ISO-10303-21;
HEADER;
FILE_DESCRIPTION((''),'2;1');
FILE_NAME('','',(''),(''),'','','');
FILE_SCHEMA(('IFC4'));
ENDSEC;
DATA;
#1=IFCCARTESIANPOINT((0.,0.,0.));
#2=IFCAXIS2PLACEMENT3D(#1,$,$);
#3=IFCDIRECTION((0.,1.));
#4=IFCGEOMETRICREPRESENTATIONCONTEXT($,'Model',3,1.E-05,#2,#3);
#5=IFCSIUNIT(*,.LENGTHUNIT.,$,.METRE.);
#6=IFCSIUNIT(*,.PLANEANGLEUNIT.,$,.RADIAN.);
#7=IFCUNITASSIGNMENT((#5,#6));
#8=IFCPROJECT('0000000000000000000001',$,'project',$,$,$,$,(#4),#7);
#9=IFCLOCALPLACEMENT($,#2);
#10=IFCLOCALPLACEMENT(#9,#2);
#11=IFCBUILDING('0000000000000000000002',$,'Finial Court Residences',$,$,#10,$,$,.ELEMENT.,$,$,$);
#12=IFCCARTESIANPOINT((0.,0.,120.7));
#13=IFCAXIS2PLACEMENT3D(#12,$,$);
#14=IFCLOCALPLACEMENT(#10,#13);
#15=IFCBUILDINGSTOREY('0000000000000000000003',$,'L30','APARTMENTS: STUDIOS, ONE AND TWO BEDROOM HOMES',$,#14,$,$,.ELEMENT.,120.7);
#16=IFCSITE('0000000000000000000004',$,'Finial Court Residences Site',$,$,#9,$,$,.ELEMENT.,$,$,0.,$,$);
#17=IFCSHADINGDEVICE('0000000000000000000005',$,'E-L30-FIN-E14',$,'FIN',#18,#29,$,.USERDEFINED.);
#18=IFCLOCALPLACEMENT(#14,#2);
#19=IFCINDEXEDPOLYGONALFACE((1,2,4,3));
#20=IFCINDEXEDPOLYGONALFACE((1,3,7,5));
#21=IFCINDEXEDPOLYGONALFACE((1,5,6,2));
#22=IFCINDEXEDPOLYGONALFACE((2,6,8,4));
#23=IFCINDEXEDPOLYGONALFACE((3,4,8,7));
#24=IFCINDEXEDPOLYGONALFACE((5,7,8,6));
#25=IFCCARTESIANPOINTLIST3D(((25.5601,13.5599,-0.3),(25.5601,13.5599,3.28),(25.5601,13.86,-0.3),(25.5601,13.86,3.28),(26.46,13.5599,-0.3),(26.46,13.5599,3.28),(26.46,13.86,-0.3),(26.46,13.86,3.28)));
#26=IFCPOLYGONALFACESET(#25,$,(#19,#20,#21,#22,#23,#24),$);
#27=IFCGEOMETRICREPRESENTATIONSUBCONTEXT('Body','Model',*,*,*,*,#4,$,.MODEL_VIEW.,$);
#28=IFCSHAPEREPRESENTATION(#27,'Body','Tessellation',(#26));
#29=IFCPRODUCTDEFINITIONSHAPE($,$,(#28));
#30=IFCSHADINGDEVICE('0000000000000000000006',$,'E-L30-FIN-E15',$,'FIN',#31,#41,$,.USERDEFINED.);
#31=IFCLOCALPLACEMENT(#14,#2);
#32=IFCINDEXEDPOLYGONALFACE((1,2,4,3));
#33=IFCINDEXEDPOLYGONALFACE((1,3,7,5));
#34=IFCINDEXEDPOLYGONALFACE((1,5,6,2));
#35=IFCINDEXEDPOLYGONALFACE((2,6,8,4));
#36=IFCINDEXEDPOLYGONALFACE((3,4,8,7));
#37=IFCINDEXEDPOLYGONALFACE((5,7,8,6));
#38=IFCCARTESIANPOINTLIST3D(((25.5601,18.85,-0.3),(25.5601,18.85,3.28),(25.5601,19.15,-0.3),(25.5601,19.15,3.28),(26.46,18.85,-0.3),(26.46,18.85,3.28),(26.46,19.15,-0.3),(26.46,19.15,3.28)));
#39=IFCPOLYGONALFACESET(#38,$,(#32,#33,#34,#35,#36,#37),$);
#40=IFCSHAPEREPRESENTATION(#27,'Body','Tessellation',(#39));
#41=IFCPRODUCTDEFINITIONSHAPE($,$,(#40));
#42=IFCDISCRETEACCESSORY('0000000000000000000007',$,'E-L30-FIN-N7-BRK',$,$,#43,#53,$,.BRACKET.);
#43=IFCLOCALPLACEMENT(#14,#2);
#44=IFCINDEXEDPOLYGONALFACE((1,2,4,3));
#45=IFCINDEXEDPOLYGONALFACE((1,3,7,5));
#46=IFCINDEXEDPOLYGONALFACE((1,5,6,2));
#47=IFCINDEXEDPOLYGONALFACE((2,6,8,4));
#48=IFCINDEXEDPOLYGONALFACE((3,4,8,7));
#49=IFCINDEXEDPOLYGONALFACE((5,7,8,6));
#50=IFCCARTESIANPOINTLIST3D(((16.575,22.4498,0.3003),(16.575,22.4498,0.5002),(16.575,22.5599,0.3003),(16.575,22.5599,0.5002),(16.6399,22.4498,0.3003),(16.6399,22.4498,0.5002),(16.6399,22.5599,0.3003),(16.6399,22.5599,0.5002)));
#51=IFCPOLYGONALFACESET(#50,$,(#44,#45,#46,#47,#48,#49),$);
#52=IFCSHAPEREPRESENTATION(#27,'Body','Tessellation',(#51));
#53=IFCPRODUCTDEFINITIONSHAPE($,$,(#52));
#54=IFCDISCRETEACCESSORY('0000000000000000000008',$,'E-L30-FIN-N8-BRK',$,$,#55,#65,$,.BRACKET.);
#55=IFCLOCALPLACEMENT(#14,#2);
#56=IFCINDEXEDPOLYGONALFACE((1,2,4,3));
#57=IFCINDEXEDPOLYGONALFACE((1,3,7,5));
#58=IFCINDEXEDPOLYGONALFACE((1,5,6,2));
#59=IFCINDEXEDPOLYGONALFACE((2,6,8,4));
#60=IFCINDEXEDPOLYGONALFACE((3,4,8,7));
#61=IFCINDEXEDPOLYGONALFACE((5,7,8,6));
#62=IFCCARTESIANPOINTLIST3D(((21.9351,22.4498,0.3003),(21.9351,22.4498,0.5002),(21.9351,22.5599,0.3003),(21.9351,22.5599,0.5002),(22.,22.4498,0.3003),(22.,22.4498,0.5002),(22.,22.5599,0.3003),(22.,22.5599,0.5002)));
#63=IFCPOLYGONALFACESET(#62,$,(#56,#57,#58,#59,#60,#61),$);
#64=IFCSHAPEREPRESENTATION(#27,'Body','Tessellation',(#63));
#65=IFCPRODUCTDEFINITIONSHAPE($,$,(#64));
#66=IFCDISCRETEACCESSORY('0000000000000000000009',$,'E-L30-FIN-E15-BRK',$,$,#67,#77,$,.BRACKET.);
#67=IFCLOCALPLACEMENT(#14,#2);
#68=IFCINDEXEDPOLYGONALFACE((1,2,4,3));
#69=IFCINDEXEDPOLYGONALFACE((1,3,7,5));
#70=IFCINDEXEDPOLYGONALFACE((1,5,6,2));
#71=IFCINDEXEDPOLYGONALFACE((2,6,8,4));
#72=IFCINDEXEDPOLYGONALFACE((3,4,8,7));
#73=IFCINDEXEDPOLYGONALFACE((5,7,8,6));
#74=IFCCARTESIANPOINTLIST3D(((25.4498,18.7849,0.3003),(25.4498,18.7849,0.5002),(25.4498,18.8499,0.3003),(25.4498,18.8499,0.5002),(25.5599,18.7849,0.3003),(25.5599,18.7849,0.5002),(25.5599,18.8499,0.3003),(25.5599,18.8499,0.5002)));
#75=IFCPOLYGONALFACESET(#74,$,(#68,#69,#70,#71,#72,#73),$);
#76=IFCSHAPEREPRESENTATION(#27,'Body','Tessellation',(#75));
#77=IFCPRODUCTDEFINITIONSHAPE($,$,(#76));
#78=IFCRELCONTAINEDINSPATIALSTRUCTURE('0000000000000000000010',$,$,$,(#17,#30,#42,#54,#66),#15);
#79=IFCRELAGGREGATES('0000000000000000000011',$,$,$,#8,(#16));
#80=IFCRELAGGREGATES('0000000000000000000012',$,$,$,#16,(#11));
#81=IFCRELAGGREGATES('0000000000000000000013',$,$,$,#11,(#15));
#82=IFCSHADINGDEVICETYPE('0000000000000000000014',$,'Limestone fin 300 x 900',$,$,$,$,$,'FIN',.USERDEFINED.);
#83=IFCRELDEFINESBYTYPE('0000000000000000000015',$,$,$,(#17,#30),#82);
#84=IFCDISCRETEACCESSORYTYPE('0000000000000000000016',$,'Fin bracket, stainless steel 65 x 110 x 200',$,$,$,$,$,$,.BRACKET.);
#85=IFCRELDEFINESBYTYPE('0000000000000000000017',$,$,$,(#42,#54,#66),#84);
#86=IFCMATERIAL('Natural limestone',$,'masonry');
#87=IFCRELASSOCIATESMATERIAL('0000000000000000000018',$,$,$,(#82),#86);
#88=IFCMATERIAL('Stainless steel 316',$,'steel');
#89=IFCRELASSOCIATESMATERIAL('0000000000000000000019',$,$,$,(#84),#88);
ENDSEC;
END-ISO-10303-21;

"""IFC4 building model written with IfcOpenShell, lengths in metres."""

from ifc_helpers import new_model, si_unit, direction, frame, origin, origin_2d, place, context, subcontext, project, spatial, rectangle, extrude, material, type_object, element, save


model = new_model("IFC4")

# Units and contexts
model_context = context("Model", 3, precision=1e-05, world=origin(), true_north=direction((0.0, 1.0)))
body_context = subcontext(model_context, "Body", "Model", "MODEL_VIEW")
ifc_project = project(units=[si_unit("LENGTHUNIT", "METRE"), si_unit("PLANEANGLEUNIT", "RADIAN")], contexts=[model_context])

# Site, building, storey
site_placement = place(None, origin())
site = spatial("IfcSite", under=ifc_project, at=site_placement, Name="Finial Court Residences Site", CompositionType="ELEMENT", RefElevation=0.0)
building_placement = place(site_placement, origin())
building = spatial("IfcBuilding", under=site, at=building_placement, Name="Finial Court Residences", CompositionType="ELEMENT")
storey_placement = place(building_placement, frame((0.0, 0.0, 120.7)))
storey = spatial("IfcBuildingStorey", under=building, at=storey_placement, Name="L30", Description="APARTMENTS: STUDIOS, ONE AND TWO BEDROOM HOMES", CompositionType="ELEMENT", Elevation=120.7)

# Shared definitions
ifc_material_1 = material(Name="Natural limestone", Category="masonry")

# Shading devices
shading_device_type = type_object("IfcShadingDeviceType", Name="Limestone fin 300 x 900", ElementType="FIN", PredefinedType="USERDEFINED", material=ifc_material_1)
for number, where, z_axis, x_axis, name in (
    (1, (26.01, 13.71, -0.3), (0.0, 0.0, 1.0), (1.0, 0.0, 0.0), "E-L30-FIN-E14"),
    (2, (26.01, 19.0, -0.3), (0.0, 0.0, 1.0), (1.0, 0.0, 0.0), "E-L30-FIN-E15"),
):
    element("IfcShadingDevice", number, at=place(storey_placement, frame(where, z_axis=z_axis, x_axis=x_axis)), inside=storey, type_object=shading_device_type, Name=name, ObjectType="FIN", PredefinedType="USERDEFINED", context=body_context, shape_type="SweptSolid", body=[
        extrude(rectangle(XDim=0.8999, YDim=0.3, at=origin_2d()), origin(), (0.0, 0.0, 1.0), 3.5801),
    ])

# Discrete accessories
ifc_material_2 = material(Name="Stainless steel 316", Category="steel")
discrete_accessory_type = type_object("IfcDiscreteAccessoryType", Name="Fin bracket, stainless steel 65 x 110 x 200", PredefinedType="BRACKET", material=ifc_material_2)
for number, where, z_axis, x_axis, name in (
    (3, (16.6074, 22.5049, 0.3003), (0.0, 0.0, 1.0), (1.0, 0.0, 0.0), "E-L30-FIN-N7-BRK"),
    (4, (21.9675, 22.5049, 0.3003), (0.0, 0.0, 1.0), (1.0, 0.0, 0.0), "E-L30-FIN-N8-BRK"),
):
    element("IfcDiscreteAccessory", number, at=place(storey_placement, frame(where, z_axis=z_axis, x_axis=x_axis)), inside=storey, type_object=discrete_accessory_type, Name=name, PredefinedType="BRACKET", context=body_context, shape_type="SweptSolid", body=[
        extrude(rectangle(XDim=0.0649, YDim=0.1101, at=origin_2d()), origin(), (0.0, 0.0, 1.0), 0.2),
    ])
discrete_accessory_placement = place(storey_placement, frame((25.5049, 18.8174, 0.3003), z_axis=(0.0, 0.0, 1.0), x_axis=(1.0, 0.0, 0.0)))
element("IfcDiscreteAccessory", 5, at=discrete_accessory_placement, inside=storey, type_object=discrete_accessory_type, Name="E-L30-FIN-E15-BRK", PredefinedType="BRACKET", context=body_context, shape_type="SweptSolid", body=[
    extrude(rectangle(XDim=0.1101, YDim=0.0649, at=origin_2d()), origin(), (0.0, 0.0, 1.0), 0.2),
])

save(model, "model.ifc")
